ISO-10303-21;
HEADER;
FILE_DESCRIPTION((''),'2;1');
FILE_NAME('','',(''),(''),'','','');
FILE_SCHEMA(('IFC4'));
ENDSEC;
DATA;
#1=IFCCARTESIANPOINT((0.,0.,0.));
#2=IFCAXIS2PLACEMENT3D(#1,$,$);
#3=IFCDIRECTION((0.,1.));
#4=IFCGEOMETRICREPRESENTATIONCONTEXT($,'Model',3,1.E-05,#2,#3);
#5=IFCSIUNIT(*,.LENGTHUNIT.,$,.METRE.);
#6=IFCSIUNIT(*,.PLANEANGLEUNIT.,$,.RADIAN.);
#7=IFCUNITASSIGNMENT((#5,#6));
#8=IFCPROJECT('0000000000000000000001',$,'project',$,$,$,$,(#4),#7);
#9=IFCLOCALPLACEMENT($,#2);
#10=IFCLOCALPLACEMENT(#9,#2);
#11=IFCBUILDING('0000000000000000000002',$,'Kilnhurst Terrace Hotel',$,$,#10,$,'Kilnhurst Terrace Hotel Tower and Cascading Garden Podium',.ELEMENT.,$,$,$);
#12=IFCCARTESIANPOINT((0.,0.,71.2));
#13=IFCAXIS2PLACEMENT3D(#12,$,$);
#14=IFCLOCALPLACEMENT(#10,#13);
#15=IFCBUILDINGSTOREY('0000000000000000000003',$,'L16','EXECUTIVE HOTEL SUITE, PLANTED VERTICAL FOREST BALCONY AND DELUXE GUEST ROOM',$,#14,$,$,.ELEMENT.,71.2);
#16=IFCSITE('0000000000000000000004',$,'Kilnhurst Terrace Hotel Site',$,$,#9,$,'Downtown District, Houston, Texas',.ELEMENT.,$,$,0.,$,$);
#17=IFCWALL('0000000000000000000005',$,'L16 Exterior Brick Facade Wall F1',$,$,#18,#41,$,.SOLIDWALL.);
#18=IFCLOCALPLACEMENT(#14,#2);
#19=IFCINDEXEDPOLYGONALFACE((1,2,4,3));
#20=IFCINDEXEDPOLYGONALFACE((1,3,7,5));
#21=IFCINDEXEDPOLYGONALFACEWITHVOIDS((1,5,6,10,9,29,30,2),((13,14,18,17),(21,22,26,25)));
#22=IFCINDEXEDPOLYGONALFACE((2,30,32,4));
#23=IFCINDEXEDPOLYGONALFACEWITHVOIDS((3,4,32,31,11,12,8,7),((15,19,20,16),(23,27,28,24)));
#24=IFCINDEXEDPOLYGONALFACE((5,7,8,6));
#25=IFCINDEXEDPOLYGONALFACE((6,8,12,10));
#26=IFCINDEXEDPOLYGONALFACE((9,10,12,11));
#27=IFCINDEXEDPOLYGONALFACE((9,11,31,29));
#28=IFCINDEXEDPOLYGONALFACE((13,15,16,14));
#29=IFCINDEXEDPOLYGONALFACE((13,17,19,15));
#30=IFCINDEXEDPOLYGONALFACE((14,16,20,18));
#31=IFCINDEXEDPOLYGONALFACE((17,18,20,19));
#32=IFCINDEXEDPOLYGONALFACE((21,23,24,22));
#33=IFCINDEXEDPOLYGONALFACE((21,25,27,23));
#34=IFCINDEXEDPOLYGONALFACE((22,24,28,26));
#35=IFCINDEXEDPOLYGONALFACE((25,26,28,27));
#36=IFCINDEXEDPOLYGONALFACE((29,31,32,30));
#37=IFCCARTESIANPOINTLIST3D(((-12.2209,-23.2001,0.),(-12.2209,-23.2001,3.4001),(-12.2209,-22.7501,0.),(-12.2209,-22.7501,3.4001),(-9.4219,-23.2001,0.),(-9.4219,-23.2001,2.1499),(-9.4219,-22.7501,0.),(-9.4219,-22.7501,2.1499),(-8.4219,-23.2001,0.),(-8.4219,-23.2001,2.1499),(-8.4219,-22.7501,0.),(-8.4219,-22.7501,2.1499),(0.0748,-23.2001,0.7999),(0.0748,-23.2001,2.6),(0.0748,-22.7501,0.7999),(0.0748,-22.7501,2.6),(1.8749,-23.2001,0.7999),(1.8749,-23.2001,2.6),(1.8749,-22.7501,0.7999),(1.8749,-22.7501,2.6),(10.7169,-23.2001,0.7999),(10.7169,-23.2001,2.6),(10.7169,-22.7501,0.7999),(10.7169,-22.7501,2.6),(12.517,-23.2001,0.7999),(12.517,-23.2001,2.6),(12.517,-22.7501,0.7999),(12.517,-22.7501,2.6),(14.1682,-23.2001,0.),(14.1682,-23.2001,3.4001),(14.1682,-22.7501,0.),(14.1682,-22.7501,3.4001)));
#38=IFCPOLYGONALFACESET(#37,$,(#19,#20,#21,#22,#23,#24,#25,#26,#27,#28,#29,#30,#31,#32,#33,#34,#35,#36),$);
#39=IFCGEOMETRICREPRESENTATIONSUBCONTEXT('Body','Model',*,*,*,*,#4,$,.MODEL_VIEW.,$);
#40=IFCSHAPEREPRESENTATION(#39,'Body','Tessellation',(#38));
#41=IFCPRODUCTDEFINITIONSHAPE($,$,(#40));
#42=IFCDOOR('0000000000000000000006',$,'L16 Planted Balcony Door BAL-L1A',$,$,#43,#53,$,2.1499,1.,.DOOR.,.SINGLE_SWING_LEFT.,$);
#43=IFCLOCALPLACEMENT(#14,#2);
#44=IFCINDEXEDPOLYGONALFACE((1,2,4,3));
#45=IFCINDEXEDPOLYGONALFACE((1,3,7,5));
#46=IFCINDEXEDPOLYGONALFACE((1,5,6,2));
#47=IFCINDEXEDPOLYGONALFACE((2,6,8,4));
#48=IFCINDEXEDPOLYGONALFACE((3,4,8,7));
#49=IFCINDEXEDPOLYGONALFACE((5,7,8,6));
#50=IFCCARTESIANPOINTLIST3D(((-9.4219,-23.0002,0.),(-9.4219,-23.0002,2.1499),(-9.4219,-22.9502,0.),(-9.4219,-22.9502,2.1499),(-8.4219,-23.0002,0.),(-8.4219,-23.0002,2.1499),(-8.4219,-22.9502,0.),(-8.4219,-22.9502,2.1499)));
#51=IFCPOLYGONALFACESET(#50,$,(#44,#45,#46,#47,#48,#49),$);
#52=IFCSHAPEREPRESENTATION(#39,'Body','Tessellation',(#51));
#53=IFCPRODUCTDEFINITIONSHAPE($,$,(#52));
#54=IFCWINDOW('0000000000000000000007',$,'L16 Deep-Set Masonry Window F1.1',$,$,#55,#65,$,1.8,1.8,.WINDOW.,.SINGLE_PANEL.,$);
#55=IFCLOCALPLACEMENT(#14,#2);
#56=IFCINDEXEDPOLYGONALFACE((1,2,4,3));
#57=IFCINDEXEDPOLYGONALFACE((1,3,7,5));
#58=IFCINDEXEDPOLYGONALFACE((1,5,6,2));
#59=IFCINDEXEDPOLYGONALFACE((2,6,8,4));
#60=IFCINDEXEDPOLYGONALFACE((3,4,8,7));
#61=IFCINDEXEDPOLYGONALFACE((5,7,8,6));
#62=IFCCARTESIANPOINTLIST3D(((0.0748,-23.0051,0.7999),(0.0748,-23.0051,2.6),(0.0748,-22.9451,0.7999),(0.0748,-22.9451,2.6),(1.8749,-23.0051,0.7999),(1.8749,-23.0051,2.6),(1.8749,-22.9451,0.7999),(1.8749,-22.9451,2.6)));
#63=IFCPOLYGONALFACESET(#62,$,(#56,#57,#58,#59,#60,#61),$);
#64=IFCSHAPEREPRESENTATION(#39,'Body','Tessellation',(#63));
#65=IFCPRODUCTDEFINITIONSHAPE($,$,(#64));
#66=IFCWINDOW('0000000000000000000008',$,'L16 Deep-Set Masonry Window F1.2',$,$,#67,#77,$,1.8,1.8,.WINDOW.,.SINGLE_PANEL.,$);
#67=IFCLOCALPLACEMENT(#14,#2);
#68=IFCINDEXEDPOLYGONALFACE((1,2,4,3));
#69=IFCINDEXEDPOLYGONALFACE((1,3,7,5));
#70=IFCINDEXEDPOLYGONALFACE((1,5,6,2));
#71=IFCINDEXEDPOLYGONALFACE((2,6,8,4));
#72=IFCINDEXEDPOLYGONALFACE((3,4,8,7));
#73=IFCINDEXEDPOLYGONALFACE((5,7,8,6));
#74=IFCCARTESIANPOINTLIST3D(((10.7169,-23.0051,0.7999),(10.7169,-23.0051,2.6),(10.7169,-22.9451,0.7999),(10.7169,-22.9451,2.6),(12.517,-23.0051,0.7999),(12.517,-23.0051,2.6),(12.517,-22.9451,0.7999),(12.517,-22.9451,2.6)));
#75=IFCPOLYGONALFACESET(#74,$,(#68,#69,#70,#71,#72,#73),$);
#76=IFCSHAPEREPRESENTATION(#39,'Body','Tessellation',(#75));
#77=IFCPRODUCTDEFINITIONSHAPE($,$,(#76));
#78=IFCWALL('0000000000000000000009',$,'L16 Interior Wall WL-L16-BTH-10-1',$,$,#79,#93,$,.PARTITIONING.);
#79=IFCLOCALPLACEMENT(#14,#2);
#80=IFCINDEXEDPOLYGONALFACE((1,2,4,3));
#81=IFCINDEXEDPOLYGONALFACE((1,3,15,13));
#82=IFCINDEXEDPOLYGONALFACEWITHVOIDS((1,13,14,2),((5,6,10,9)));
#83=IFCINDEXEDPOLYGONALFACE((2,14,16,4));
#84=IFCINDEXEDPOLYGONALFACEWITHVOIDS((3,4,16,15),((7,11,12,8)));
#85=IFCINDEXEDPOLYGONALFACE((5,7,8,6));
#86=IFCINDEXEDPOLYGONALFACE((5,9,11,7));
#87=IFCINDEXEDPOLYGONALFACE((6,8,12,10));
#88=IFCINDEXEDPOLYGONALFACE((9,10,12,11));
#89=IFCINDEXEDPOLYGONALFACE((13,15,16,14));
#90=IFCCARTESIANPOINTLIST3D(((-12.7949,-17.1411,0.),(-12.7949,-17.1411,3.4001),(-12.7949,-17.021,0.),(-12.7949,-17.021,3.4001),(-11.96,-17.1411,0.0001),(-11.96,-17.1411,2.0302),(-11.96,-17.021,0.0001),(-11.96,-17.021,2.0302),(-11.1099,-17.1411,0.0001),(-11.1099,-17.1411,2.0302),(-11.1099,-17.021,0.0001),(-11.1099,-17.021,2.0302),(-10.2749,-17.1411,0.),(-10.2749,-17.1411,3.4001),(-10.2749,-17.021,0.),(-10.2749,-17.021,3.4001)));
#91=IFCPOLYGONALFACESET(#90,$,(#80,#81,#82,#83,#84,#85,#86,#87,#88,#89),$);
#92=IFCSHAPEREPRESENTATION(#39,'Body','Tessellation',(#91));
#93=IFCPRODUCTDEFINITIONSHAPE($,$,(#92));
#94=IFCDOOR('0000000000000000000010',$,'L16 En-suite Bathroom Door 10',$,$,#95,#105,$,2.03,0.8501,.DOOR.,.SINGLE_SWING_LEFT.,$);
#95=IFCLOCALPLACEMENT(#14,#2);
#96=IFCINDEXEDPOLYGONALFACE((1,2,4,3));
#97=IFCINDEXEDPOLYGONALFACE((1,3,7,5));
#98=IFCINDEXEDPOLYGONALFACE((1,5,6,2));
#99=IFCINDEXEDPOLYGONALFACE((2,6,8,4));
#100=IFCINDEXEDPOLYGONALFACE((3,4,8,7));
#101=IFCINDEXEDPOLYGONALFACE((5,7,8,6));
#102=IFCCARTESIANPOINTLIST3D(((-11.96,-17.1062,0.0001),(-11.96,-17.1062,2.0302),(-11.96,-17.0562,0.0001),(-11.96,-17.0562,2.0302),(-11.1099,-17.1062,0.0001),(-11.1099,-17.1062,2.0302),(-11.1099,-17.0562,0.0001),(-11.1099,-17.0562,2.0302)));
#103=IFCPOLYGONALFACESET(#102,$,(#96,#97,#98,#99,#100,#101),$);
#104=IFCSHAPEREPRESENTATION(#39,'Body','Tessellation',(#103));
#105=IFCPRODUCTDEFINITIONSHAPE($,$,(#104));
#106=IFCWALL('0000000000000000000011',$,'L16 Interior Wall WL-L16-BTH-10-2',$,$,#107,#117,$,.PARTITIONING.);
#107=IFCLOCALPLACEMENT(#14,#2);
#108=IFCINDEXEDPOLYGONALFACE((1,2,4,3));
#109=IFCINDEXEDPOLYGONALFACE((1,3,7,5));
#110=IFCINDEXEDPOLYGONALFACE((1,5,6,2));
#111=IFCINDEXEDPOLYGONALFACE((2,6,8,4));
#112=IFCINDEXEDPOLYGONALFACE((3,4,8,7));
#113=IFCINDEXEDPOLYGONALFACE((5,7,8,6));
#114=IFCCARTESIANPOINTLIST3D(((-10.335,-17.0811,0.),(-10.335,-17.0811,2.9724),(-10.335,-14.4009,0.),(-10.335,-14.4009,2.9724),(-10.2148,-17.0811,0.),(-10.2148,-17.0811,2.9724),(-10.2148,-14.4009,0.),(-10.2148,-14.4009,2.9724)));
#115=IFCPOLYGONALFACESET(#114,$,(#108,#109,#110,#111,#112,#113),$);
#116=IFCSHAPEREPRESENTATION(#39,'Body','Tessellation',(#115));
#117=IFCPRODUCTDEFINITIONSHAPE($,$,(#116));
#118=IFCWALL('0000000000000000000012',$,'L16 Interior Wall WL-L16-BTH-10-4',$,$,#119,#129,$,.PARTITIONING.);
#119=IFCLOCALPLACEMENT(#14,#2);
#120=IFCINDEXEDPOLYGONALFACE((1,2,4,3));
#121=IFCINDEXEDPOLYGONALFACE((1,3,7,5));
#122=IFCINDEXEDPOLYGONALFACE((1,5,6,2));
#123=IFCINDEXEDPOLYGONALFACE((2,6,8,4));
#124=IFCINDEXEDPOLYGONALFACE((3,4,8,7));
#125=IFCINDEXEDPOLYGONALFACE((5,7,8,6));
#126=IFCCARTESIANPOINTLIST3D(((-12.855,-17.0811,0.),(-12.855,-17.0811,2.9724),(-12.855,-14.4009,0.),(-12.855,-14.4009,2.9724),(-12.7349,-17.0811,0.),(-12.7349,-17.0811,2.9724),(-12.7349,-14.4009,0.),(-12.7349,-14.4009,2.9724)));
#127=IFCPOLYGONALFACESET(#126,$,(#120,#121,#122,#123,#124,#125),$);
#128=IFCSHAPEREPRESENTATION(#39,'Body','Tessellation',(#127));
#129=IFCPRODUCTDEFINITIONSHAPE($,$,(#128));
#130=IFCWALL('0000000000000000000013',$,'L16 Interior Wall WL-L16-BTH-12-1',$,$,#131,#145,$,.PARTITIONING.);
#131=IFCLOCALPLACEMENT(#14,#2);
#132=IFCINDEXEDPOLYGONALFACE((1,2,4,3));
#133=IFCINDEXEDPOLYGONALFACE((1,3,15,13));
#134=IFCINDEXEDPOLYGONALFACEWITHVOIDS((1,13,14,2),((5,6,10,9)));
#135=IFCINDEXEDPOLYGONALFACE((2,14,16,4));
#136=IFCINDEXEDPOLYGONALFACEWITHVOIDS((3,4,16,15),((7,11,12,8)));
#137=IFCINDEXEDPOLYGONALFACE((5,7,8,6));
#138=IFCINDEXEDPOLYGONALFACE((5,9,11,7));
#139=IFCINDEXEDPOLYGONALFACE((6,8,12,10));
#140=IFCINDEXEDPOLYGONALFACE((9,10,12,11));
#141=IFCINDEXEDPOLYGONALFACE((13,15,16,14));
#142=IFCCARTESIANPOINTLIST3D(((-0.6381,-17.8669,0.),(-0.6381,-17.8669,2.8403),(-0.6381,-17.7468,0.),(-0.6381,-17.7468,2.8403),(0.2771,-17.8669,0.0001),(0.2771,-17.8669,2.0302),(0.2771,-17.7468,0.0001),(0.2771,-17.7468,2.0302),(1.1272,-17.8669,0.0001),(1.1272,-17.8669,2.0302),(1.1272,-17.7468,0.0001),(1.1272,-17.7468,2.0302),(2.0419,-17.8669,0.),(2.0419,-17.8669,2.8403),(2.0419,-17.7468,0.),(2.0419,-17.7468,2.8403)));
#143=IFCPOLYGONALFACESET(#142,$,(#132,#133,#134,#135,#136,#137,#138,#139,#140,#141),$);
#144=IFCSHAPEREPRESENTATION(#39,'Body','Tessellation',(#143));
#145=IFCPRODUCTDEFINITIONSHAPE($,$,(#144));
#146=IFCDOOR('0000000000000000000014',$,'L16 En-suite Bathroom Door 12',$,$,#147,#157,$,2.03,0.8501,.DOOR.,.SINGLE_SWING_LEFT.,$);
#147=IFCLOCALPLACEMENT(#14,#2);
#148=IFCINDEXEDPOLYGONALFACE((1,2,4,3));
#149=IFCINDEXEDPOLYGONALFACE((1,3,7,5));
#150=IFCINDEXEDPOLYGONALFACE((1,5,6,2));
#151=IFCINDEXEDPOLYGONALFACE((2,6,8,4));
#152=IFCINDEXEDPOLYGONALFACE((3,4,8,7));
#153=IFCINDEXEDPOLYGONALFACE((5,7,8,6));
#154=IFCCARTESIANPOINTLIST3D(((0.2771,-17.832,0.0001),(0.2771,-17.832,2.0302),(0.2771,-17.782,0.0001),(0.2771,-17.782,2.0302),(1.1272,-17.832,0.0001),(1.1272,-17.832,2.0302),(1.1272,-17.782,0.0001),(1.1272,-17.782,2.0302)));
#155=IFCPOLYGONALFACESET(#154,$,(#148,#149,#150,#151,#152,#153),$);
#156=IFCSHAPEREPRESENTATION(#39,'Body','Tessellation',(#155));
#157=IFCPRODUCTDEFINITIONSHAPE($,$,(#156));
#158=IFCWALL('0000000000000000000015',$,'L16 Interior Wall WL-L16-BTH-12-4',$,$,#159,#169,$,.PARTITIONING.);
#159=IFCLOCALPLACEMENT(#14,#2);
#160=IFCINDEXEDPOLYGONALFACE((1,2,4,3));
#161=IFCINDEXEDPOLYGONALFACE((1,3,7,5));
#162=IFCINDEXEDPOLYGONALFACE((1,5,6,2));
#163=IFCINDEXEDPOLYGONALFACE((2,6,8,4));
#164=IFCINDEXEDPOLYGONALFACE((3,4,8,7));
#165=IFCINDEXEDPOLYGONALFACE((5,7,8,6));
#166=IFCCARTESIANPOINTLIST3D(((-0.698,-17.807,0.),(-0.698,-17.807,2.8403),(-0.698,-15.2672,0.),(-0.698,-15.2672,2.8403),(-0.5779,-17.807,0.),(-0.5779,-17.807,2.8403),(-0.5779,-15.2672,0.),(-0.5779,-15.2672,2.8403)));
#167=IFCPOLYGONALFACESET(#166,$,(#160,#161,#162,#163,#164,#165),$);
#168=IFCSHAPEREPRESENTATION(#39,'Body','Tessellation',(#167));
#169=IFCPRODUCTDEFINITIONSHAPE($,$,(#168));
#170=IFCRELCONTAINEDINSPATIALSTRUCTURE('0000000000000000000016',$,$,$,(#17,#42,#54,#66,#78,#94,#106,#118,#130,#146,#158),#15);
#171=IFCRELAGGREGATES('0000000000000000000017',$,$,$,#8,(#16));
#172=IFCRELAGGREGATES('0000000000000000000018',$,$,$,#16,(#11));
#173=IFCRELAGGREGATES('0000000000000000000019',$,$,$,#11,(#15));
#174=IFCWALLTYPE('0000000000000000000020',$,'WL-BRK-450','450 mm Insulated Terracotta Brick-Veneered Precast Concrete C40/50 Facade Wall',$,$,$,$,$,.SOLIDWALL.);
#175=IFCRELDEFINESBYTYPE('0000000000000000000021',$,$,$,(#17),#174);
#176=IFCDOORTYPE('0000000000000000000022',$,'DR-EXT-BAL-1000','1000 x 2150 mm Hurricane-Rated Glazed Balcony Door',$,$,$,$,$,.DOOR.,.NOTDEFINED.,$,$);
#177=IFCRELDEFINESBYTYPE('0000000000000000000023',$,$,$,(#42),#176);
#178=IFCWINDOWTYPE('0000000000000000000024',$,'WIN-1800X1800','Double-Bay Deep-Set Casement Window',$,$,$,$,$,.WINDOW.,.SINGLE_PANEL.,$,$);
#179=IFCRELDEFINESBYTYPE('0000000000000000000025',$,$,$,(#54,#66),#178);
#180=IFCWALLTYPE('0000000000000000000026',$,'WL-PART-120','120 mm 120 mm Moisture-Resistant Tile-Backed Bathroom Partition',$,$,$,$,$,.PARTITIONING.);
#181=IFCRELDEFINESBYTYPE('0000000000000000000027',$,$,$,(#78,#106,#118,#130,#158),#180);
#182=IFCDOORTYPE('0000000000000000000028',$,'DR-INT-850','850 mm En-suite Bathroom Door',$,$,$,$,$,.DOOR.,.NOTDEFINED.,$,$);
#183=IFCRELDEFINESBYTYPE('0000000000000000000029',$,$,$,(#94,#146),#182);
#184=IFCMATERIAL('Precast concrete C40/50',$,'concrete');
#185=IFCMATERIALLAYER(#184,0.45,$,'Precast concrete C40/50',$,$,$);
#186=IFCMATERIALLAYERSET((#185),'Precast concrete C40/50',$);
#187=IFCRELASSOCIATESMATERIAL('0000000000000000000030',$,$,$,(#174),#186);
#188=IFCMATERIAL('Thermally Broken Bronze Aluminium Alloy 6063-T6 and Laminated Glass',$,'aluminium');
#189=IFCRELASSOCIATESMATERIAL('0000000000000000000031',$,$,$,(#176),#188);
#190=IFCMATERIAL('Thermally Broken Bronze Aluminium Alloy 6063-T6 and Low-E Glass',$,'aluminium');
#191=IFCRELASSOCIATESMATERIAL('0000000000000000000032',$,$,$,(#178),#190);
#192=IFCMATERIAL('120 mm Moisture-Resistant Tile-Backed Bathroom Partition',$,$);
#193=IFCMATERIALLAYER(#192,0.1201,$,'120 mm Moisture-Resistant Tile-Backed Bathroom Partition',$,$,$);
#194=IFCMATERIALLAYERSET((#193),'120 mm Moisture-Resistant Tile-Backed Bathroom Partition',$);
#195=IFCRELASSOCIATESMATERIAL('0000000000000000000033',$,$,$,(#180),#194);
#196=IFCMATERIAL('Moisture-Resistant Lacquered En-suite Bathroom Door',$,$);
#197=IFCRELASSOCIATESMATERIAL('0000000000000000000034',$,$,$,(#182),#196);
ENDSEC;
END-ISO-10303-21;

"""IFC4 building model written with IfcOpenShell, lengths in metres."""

from ifc_helpers import new_model, si_unit, direction, frame, frame_2d, origin, place, context, subcontext, project, spatial, rectangle, extrude, material, layer, layer_set, type_object, element, fill, save


model = new_model("IFC4")

# Units and contexts
model_context = context("Model", 3, precision=1e-05, world=origin(), true_north=direction((0.0, 1.0)))
body_context = subcontext(model_context, "Body", "Model", "MODEL_VIEW")
ifc_project = project(units=[si_unit("LENGTHUNIT", "METRE"), si_unit("PLANEANGLEUNIT", "RADIAN")], contexts=[model_context])

# Site, building, storey
site_placement = place(None, origin())
site = spatial("IfcSite", under=ifc_project, at=site_placement, Name="Kilnhurst Terrace Hotel Site", LongName="Downtown District, Houston, Texas", CompositionType="ELEMENT", RefElevation=0.0)
building_placement = place(site_placement, origin())
building = spatial("IfcBuilding", under=site, at=building_placement, Name="Kilnhurst Terrace Hotel", LongName="Kilnhurst Terrace Hotel Tower and Cascading Garden Podium", CompositionType="ELEMENT")
storey_placement = place(building_placement, frame((0.0, 0.0, 71.2)))
storey = spatial("IfcBuildingStorey", under=building, at=storey_placement, Name="L16", Description="EXECUTIVE HOTEL SUITE, PLANTED VERTICAL FOREST BALCONY AND DELUXE GUEST ROOM", CompositionType="ELEMENT", Elevation=71.2)

# Shared definitions
ifc_material_1 = material(Name="Precast concrete C40/50", Category="concrete")
ifc_layer_1 = layer(ifc_material_1, 0.45, Name="Precast concrete C40/50")
ifc_layer_set_1 = layer_set([ifc_layer_1], Name="Precast concrete C40/50")
wall_type_1 = type_object("IfcWallType", Name="WL-BRK-450", Description="450 mm Insulated Terracotta Brick-Veneered Precast Concrete C40/50 Facade Wall", PredefinedType="SOLIDWALL", material=ifc_layer_set_1)

# Wall, openings, door, windows
wall_1_placement = place(storey_placement, frame((-12.2209, -22.9751, 0.0), z_axis=(0.0, 0.0, 1.0), x_axis=(1.0, 0.0, 0.0)))
wall_1 = element("IfcWall", 1, at=wall_1_placement, inside=storey, type_object=wall_type_1, Name="L16 Exterior Brick Facade Wall F1", PredefinedType="SOLIDWALL", context=body_context, shape_type="SweptSolid", body=[
    extrude(rectangle(XDim=26.3892, YDim=0.45, at=frame_2d((13.1946, 0.0))), origin(), (0.0, 0.0, 1.0), 3.4001),
])
opening_1_placement = place(wall_1_placement, frame((2.7991, 0.0, 0.0)))
opening_1 = element("IfcOpeningElement", 2, at=opening_1_placement, cuts=wall_1, PredefinedType="OPENING", context=body_context, shape_type="SweptSolid", body=[
    extrude(rectangle(XDim=1.0, YDim=2.1499, at=frame_2d((0.5, 1.075))), frame((0.0, 0.2349, 0.0), z_axis=(0.0, -1.0, 0.0), x_axis=(1.0, 0.0, 0.0)), (0.0, 0.0, 1.0), 0.47),
])
opening_2_placement = place(wall_1_placement, frame((12.2959, 0.0, 0.8)))
opening_2 = element("IfcOpeningElement", 3, at=opening_2_placement, cuts=wall_1, PredefinedType="OPENING", context=body_context, shape_type="SweptSolid", body=[
    extrude(rectangle(XDim=1.8, YDim=1.8, at=frame_2d((0.8999, 0.8999))), frame((0.0, 0.2349, 0.0), z_axis=(0.0, -1.0, 0.0), x_axis=(1.0, 0.0, 0.0)), (0.0, 0.0, 1.0), 0.47),
])
opening_3_placement = place(wall_1_placement, frame((22.938, 0.0, 0.8)))
opening_3 = element("IfcOpeningElement", 4, at=opening_3_placement, cuts=wall_1, PredefinedType="OPENING", context=body_context, shape_type="SweptSolid", body=[
    extrude(rectangle(XDim=1.8, YDim=1.8, at=frame_2d((0.8999, 0.8999))), frame((0.0, 0.2349, 0.0), z_axis=(0.0, -1.0, 0.0), x_axis=(1.0, 0.0, 0.0)), (0.0, 0.0, 1.0), 0.47),
])
ifc_material_2 = material(Name="Thermally Broken Bronze Aluminium Alloy 6063-T6 and Laminated Glass", Category="aluminium")
door_type_1 = type_object("IfcDoorType", Name="DR-EXT-BAL-1000", Description="1000 x 2150 mm Hurricane-Rated Glazed Balcony Door", OperationType="NOTDEFINED", PredefinedType="DOOR", material=ifc_material_2)
door_1_placement = place(opening_1_placement, origin())
door_1 = element("IfcDoor", 5, at=door_1_placement, inside=storey, type_object=door_type_1, Name="L16 Planted Balcony Door BAL-L1A", OperationType="SINGLE_SWING_LEFT", OverallHeight=2.1499, OverallWidth=1.0, PredefinedType="DOOR", context=body_context, shape_type="SweptSolid", body=[
    extrude(rectangle(XDim=1.0, YDim=2.1499, at=frame_2d((0.5, 1.075))), frame((0.0, 0.0249, 0.0), z_axis=(0.0, -1.0, 0.0), x_axis=(1.0, 0.0, 0.0)), (0.0, 0.0, 1.0), 0.05),
])
fill(opening_1, door_1)
ifc_material_3 = material(Name="Thermally Broken Bronze Aluminium Alloy 6063-T6 and Low-E Glass", Category="aluminium")
window_type = type_object("IfcWindowType", Name="WIN-1800X1800", Description="Double-Bay Deep-Set Casement Window", PartitioningType="SINGLE_PANEL", PredefinedType="WINDOW", material=ifc_material_3)
window_1_placement = place(opening_2_placement, origin())
window_1 = element("IfcWindow", 6, at=window_1_placement, inside=storey, type_object=window_type, Name="L16 Deep-Set Masonry Window F1.1", OverallHeight=1.8, OverallWidth=1.8, PartitioningType="SINGLE_PANEL", PredefinedType="WINDOW", context=body_context, shape_type="SweptSolid", body=[
    extrude(rectangle(XDim=1.8, YDim=1.8, at=frame_2d((0.8999, 0.8999))), frame((0.0, 0.03, 0.0), z_axis=(0.0, -1.0, 0.0), x_axis=(1.0, 0.0, 0.0)), (0.0, 0.0, 1.0), 0.0601),
])
fill(opening_2, window_1)
window_2_placement = place(opening_3_placement, origin())
window_2 = element("IfcWindow", 7, at=window_2_placement, inside=storey, type_object=window_type, Name="L16 Deep-Set Masonry Window F1.2", OverallHeight=1.8, OverallWidth=1.8, PartitioningType="SINGLE_PANEL", PredefinedType="WINDOW", context=body_context, shape_type="SweptSolid", body=[
    extrude(rectangle(XDim=1.8, YDim=1.8, at=frame_2d((0.8999, 0.8999))), frame((0.0, 0.03, 0.0), z_axis=(0.0, -1.0, 0.0), x_axis=(1.0, 0.0, 0.0)), (0.0, 0.0, 1.0), 0.0601),
])
fill(opening_3, window_2)

# Wall, opening, door
ifc_material_4 = material(Name="120 mm Moisture-Resistant Tile-Backed Bathroom Partition")
ifc_layer_2 = layer(ifc_material_4, 0.1201, Name="120 mm Moisture-Resistant Tile-Backed Bathroom Partition")
ifc_layer_set_2 = layer_set([ifc_layer_2], Name="120 mm Moisture-Resistant Tile-Backed Bathroom Partition")
wall_type_2 = type_object("IfcWallType", Name="WL-PART-120", Description="120 mm 120 mm Moisture-Resistant Tile-Backed Bathroom Partition", PredefinedType="PARTITIONING", material=ifc_layer_set_2)
wall_2_placement = place(storey_placement, frame((-12.7949, -17.0811, 0.0), z_axis=(0.0, 0.0, 1.0), x_axis=(1.0, 0.0, 0.0)))
wall_2 = element("IfcWall", 8, at=wall_2_placement, inside=storey, type_object=wall_type_2, Name="L16 Interior Wall WL-L16-BTH-10-1", PredefinedType="PARTITIONING", context=body_context, shape_type="SweptSolid", body=[
    extrude(rectangle(XDim=2.52, YDim=0.1201, at=frame_2d((1.26, 0.0))), origin(), (0.0, 0.0, 1.0), 3.4001),
])
opening_4_placement = place(wall_2_placement, frame((0.835, 0.0, 0.0)))
opening_4 = element("IfcOpeningElement", 9, at=opening_4_placement, cuts=wall_2, PredefinedType="OPENING", context=body_context, shape_type="SweptSolid", body=[
    extrude(rectangle(XDim=0.8501, YDim=2.03, at=frame_2d((0.425, 1.0151))), frame((0.0, 0.0701, 0.0), z_axis=(0.0, -1.0, 0.0), x_axis=(1.0, 0.0, 0.0)), (0.0, 0.0, 1.0), 0.1401),
])
ifc_material_5 = material(Name="Moisture-Resistant Lacquered En-suite Bathroom Door")
door_type_2 = type_object("IfcDoorType", Name="DR-INT-850", Description="850 mm En-suite Bathroom Door", OperationType="NOTDEFINED", PredefinedType="DOOR", material=ifc_material_5)
door_2_placement = place(opening_4_placement, origin())
door_2 = element("IfcDoor", 10, at=door_2_placement, inside=storey, type_object=door_type_2, Name="L16 En-suite Bathroom Door 10", OperationType="SINGLE_SWING_LEFT", OverallHeight=2.03, OverallWidth=0.8501, PredefinedType="DOOR", context=body_context, shape_type="SweptSolid", body=[
    extrude(rectangle(XDim=0.8501, YDim=2.03, at=frame_2d((0.425, 1.0151))), frame((0.0, 0.0249, 0.0), z_axis=(0.0, -1.0, 0.0), x_axis=(1.0, 0.0, 0.0)), (0.0, 0.0, 1.0), 0.05),
])
fill(opening_4, door_2)

# Walls
for number, where, z_axis, x_axis, name in (
    (11, (-10.2749, -17.0811, 0.0), (0.0, 0.0, 1.0), (0.0, 1.0, 0.0), "L16 Interior Wall WL-L16-BTH-10-2"),
    (12, (-12.7949, -14.4009, 0.0), (0.0, 0.0, 1.0), (0.0, -1.0, 0.0), "L16 Interior Wall WL-L16-BTH-10-4"),
):
    element("IfcWall", number, at=place(storey_placement, frame(where, z_axis=z_axis, x_axis=x_axis)), inside=storey, type_object=wall_type_2, Name=name, PredefinedType="PARTITIONING", context=body_context, shape_type="SweptSolid", body=[
        extrude(rectangle(XDim=2.6802, YDim=0.1201, at=frame_2d((1.3401, 0.0))), origin(), (0.0, 0.0, 1.0), 2.9724),
    ])

# Wall, opening, door
wall_3_placement = place(storey_placement, frame((-0.6379, -17.8069, 0.0), z_axis=(0.0, 0.0, 1.0), x_axis=(1.0, 0.0, 0.0)))
wall_3 = element("IfcWall", 13, at=wall_3_placement, inside=storey, type_object=wall_type_2, Name="L16 Interior Wall WL-L16-BTH-12-1", PredefinedType="PARTITIONING", context=body_context, shape_type="SweptSolid", body=[
    extrude(rectangle(XDim=2.6799, YDim=0.1201, at=frame_2d((1.3398, 0.0))), origin(), (0.0, 0.0, 1.0), 2.8403),
])
opening_5_placement = place(wall_3_placement, frame((0.915, 0.0, 0.0)))
opening_5 = element("IfcOpeningElement", 14, at=opening_5_placement, cuts=wall_3, PredefinedType="OPENING", context=body_context, shape_type="SweptSolid", body=[
    extrude(rectangle(XDim=0.8501, YDim=2.03, at=frame_2d((0.425, 1.0151))), frame((0.0, 0.0701, 0.0), z_axis=(0.0, -1.0, 0.0), x_axis=(1.0, 0.0, 0.0)), (0.0, 0.0, 1.0), 0.1401),
])
door_3_placement = place(opening_5_placement, origin())
door_3 = element("IfcDoor", 15, at=door_3_placement, inside=storey, type_object=door_type_2, Name="L16 En-suite Bathroom Door 12", OperationType="SINGLE_SWING_LEFT", OverallHeight=2.03, OverallWidth=0.8501, PredefinedType="DOOR", context=body_context, shape_type="SweptSolid", body=[
    extrude(rectangle(XDim=0.8501, YDim=2.03, at=frame_2d((0.425, 1.0151))), frame((0.0, 0.0249, 0.0), z_axis=(0.0, -1.0, 0.0), x_axis=(1.0, 0.0, 0.0)), (0.0, 0.0, 1.0), 0.05),
])
fill(opening_5, door_3)

# Wall
wall_4_placement = place(storey_placement, frame((-0.6379, -15.2671, 0.0), z_axis=(0.0, 0.0, 1.0), x_axis=(0.0, -1.0, 0.0)))
element("IfcWall", 16, at=wall_4_placement, inside=storey, type_object=wall_type_2, Name="L16 Interior Wall WL-L16-BTH-12-4", PredefinedType="PARTITIONING", context=body_context, shape_type="SweptSolid", body=[
    extrude(rectangle(XDim=2.5398, YDim=0.1201, at=frame_2d((1.27, 0.0))), origin(), (0.0, 0.0, 1.0), 2.8403),
])

save(model, "model.ifc")
